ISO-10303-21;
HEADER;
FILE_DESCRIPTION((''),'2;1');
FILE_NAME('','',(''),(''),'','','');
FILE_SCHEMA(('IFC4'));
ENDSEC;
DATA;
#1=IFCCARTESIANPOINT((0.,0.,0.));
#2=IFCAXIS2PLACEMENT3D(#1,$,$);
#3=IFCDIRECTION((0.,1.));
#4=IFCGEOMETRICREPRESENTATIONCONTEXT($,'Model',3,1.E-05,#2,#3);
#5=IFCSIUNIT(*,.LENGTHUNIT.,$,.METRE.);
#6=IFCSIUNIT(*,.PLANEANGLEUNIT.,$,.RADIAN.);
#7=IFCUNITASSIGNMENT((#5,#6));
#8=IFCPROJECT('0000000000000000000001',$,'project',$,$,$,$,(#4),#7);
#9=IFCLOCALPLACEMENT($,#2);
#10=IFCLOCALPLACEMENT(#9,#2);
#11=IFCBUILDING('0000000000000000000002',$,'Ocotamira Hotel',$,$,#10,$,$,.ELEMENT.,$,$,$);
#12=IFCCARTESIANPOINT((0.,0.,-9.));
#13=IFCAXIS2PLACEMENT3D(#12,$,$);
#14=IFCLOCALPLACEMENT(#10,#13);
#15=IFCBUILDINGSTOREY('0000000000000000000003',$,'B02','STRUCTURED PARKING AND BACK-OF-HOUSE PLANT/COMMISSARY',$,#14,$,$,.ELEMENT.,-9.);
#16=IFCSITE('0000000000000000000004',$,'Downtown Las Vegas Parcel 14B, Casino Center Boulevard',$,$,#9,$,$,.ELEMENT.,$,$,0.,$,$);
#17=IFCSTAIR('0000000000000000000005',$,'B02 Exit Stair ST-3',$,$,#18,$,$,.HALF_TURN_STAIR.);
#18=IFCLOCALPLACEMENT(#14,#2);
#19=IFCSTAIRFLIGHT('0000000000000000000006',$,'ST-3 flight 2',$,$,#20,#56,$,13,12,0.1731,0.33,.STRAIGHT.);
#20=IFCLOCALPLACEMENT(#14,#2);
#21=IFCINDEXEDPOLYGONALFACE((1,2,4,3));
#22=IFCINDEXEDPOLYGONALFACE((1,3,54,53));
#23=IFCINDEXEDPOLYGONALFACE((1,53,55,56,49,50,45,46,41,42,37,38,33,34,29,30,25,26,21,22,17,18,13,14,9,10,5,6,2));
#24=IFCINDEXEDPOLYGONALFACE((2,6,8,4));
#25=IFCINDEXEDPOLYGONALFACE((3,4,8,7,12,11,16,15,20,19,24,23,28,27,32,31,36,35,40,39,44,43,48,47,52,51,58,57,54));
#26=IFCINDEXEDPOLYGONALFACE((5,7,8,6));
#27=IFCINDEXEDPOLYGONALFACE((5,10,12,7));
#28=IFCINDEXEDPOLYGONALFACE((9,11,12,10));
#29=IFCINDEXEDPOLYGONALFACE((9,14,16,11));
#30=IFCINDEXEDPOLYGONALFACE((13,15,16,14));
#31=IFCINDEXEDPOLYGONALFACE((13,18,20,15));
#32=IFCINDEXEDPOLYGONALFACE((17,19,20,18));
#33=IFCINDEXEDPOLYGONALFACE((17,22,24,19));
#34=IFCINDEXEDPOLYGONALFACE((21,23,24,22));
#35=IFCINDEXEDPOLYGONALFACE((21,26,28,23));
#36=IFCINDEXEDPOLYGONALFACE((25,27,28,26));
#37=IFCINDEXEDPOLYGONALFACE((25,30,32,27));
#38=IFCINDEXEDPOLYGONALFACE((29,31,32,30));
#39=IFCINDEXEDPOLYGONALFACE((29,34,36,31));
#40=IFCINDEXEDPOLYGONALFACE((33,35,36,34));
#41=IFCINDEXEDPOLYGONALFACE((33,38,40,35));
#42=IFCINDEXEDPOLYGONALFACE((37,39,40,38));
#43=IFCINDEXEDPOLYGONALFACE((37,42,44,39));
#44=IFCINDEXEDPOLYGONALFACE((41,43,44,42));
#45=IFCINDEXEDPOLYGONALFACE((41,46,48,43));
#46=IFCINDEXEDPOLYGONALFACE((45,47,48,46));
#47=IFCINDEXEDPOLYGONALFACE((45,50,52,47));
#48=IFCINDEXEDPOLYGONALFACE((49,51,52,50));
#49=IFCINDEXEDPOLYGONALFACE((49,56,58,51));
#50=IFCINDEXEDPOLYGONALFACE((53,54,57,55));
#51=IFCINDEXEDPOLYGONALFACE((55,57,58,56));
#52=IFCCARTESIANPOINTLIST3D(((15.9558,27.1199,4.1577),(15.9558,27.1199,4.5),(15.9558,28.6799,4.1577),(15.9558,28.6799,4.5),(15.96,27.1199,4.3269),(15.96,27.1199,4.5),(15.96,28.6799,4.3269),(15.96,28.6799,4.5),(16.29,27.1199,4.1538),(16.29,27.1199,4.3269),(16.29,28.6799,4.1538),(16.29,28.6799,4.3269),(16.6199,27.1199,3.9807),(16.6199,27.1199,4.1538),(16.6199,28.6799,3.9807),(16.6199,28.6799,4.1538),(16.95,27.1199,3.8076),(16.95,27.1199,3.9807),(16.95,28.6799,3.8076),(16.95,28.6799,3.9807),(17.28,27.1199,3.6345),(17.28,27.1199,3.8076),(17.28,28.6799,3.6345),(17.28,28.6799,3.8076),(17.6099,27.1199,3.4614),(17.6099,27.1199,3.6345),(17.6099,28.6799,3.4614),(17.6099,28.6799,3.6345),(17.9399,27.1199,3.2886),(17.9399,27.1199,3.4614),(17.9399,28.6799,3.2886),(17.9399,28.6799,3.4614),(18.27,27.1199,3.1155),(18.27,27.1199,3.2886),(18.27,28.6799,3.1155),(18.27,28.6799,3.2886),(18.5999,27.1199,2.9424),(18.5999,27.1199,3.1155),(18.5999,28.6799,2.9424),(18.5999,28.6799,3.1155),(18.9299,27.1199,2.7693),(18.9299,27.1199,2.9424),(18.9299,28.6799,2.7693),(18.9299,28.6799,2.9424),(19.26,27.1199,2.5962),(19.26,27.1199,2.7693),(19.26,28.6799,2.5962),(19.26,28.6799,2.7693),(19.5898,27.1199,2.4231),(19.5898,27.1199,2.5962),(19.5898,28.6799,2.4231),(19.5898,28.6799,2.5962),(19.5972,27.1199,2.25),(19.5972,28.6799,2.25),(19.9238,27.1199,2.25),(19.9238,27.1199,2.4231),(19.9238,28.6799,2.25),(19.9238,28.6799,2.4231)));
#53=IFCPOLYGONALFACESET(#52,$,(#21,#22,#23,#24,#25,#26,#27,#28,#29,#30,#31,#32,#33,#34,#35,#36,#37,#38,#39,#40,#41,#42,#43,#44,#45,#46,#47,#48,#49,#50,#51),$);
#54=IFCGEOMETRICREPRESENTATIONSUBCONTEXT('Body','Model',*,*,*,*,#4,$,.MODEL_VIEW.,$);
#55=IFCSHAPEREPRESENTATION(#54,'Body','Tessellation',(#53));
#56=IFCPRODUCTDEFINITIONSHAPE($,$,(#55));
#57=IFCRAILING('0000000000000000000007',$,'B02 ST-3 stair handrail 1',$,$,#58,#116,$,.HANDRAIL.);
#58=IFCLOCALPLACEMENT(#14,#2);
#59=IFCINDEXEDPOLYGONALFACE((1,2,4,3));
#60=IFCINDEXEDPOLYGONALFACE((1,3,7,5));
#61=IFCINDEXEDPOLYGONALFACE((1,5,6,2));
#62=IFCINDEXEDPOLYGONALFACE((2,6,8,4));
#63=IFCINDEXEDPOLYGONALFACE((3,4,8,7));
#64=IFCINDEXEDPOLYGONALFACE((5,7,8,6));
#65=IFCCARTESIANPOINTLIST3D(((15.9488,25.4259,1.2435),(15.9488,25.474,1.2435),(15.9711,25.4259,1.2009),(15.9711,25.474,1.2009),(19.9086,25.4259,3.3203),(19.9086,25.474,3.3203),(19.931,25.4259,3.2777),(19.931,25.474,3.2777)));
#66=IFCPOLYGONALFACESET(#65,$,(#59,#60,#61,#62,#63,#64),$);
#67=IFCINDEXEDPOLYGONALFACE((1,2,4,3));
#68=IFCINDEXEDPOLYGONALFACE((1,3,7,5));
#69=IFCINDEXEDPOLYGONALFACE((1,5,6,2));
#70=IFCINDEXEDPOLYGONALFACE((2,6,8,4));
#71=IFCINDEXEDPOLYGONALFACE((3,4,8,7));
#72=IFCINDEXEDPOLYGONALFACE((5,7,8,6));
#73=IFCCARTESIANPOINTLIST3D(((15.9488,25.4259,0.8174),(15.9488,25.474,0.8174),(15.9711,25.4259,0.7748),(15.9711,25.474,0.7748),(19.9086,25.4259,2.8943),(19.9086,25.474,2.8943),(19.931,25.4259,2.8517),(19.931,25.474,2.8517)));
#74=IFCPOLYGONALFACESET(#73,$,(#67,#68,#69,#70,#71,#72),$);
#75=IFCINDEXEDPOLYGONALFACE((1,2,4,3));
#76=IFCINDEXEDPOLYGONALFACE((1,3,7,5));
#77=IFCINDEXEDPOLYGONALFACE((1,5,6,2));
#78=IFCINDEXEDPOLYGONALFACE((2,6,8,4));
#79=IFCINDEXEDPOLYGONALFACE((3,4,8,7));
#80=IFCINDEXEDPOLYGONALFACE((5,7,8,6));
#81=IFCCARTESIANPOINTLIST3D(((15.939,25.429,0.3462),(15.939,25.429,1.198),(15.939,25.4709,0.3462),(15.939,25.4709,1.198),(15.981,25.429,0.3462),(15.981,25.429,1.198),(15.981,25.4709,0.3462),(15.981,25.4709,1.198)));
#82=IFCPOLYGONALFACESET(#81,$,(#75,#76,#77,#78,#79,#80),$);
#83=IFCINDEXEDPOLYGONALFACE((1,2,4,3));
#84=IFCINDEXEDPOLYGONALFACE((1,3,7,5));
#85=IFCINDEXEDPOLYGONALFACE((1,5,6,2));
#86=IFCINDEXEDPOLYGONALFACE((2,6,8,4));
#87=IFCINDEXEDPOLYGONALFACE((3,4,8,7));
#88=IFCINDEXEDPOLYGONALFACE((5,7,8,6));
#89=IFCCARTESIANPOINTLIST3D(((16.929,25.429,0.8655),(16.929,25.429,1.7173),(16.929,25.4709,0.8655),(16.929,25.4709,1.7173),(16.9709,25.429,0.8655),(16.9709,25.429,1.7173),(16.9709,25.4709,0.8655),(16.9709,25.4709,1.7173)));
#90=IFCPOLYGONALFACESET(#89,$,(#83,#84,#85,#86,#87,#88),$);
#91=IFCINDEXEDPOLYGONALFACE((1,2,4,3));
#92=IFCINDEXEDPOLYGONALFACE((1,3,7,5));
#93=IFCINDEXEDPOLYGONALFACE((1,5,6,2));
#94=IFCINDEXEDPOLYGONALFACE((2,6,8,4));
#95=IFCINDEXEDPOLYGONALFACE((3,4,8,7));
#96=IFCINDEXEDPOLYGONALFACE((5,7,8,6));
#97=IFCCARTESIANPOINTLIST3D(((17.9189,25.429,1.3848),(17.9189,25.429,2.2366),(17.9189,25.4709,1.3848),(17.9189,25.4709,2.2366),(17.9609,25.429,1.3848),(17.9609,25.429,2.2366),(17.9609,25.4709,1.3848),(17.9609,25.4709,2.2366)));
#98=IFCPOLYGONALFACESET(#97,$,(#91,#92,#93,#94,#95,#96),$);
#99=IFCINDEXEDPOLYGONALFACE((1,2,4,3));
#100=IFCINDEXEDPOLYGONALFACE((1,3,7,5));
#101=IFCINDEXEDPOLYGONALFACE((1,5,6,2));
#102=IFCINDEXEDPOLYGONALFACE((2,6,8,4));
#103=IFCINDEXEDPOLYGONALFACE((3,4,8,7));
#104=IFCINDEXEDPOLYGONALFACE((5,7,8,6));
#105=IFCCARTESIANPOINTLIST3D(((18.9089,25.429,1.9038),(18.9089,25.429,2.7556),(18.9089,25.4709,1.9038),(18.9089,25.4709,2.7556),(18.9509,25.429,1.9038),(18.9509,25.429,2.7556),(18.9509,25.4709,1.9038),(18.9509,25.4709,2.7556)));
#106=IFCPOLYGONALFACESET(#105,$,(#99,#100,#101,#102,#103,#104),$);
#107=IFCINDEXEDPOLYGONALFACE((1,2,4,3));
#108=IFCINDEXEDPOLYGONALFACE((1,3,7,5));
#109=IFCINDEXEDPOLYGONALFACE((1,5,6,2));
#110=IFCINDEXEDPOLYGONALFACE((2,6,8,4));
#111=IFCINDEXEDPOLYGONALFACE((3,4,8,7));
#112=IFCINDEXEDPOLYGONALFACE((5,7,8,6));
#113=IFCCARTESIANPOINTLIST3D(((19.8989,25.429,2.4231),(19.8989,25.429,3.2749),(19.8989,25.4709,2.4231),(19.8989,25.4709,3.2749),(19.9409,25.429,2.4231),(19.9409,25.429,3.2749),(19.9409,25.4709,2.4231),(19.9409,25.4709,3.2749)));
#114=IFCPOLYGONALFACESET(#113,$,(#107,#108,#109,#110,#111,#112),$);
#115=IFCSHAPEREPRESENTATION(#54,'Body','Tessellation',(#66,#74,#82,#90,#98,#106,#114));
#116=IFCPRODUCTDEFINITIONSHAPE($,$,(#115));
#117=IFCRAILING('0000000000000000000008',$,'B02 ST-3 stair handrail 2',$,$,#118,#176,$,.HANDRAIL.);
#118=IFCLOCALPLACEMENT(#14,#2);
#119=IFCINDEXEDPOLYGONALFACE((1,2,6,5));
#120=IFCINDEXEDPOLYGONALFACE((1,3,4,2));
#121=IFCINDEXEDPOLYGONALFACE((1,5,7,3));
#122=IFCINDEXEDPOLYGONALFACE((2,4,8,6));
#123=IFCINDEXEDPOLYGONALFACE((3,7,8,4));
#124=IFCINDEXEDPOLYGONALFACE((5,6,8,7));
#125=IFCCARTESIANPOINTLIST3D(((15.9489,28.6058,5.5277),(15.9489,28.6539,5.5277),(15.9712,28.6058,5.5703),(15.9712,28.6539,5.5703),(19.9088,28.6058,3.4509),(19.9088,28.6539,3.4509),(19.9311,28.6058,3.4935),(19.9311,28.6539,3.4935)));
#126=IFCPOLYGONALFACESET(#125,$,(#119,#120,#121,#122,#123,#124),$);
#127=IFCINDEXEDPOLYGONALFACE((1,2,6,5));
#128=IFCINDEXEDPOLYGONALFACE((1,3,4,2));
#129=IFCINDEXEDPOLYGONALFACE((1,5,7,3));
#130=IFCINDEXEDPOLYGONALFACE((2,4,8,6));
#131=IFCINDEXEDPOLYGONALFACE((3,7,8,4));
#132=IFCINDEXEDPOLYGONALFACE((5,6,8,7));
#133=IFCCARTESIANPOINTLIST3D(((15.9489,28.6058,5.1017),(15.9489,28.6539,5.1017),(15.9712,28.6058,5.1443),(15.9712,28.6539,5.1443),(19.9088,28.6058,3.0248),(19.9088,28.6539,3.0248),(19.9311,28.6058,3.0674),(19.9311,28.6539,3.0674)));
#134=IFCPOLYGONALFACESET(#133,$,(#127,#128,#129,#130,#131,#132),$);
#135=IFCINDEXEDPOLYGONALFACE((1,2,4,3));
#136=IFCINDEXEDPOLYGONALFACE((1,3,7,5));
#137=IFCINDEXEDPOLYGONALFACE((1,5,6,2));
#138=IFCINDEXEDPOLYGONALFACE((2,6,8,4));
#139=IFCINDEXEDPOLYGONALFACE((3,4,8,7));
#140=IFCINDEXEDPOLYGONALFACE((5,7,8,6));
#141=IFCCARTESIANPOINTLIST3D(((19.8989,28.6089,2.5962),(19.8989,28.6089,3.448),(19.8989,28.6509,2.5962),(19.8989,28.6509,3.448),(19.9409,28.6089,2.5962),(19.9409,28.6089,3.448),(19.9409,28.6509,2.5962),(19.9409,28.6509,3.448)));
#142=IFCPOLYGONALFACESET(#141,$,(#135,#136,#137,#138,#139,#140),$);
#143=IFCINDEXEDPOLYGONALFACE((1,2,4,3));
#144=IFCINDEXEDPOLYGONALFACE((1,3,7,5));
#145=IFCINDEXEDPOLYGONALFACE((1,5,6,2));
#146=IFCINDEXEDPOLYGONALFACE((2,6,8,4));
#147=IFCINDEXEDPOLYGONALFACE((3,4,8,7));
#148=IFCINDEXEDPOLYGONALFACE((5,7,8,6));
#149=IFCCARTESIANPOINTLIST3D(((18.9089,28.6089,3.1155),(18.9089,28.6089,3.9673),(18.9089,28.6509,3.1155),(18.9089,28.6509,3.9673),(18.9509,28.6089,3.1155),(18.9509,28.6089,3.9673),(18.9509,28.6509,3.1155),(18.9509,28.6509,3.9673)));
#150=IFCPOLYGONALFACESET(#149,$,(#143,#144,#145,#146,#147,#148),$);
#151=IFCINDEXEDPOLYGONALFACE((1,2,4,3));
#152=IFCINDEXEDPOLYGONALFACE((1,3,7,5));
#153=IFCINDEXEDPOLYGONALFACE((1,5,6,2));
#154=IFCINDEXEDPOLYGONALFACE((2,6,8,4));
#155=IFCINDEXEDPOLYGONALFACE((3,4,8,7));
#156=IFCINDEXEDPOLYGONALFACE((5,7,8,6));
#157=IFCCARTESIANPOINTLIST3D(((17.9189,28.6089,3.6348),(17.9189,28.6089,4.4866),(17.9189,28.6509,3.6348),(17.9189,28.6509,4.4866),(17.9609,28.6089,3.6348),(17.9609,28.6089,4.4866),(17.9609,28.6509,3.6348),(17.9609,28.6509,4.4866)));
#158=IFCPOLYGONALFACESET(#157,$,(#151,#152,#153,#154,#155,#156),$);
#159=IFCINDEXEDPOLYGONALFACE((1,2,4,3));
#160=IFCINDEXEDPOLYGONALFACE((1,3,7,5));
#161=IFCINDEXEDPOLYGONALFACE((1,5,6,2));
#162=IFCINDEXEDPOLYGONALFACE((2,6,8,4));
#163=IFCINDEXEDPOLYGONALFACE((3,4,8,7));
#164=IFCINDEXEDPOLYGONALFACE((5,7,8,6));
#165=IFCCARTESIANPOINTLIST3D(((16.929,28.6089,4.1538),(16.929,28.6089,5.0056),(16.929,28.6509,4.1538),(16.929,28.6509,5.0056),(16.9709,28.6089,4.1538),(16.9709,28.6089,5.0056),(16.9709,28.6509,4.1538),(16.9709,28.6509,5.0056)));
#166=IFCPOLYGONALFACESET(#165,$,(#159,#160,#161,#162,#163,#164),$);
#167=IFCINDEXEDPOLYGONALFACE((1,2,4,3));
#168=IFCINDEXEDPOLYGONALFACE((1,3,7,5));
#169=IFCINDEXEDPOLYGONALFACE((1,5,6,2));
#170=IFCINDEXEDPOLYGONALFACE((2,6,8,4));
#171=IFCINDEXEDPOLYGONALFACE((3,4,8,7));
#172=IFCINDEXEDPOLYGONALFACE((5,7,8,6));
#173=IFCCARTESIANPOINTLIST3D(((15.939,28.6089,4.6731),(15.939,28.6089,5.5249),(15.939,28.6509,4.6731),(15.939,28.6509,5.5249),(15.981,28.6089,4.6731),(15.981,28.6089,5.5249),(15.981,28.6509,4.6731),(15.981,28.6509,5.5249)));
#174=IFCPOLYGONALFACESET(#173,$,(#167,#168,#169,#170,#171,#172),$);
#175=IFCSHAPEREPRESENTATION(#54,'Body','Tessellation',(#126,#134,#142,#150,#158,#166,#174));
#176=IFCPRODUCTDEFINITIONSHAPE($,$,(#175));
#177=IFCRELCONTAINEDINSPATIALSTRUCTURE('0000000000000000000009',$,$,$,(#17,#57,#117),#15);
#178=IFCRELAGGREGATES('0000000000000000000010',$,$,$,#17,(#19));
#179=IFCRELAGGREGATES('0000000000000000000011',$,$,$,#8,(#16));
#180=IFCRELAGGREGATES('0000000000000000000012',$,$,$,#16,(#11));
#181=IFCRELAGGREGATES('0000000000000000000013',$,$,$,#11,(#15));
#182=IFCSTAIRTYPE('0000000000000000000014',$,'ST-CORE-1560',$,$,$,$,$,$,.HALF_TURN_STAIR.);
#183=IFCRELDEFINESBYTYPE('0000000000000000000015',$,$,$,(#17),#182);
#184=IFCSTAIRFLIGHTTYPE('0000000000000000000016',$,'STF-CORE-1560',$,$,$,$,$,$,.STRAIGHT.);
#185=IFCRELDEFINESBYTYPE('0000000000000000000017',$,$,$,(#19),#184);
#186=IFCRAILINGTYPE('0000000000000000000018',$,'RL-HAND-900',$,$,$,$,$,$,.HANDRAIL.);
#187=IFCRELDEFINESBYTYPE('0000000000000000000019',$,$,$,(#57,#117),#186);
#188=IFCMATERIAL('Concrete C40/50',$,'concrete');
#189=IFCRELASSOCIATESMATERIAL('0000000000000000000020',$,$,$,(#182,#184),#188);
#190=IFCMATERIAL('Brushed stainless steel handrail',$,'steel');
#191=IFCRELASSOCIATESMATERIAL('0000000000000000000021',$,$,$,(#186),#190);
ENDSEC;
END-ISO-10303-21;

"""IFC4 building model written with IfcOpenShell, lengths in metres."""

from ifc_helpers import new_model, si_unit, direction, frame, origin, origin_2d, place, context, subcontext, project, spatial, polyline, rectangle, outline, extrude, source, transform, mapped, material, type_object, element, aggregate, save


model = new_model("IFC4")

# Units and contexts
model_context = context("Model", 3, precision=1e-05, world=origin(), true_north=direction((0.0, 1.0)))
body_context = subcontext(model_context, "Body", "Model", "MODEL_VIEW")
ifc_project = project(units=[si_unit("LENGTHUNIT", "METRE"), si_unit("PLANEANGLEUNIT", "RADIAN")], contexts=[model_context])

# Site, building, storey
site_placement = place(None, origin())
site = spatial("IfcSite", under=ifc_project, at=site_placement, Name="Downtown Las Vegas Parcel 14B, Casino Center Boulevard", CompositionType="ELEMENT", RefElevation=0.0)
building_placement = place(site_placement, origin())
building = spatial("IfcBuilding", under=site, at=building_placement, Name="Ocotamira Hotel", CompositionType="ELEMENT")
storey_placement = place(building_placement, frame((0.0, 0.0, -9.0)))
storey = spatial("IfcBuildingStorey", under=building, at=storey_placement, Name="B02", Description="STRUCTURED PARKING AND BACK-OF-HOUSE PLANT/COMMISSARY", CompositionType="ELEMENT", Elevation=-9.0)

# Stair, stair flight
ifc_material_1 = material(Name="Concrete C40/50", Category="concrete")
stair_type = type_object("IfcStairType", Name="ST-CORE-1560", PredefinedType="HALF_TURN_STAIR", material=ifc_material_1)
stair_placement = place(storey_placement, origin())
stair = element("IfcStair", 1, at=stair_placement, inside=storey, type_object=stair_type, Name="B02 Exit Stair ST-3", PredefinedType="HALF_TURN_STAIR")
stair_flight_type = type_object("IfcStairFlightType", Name="STF-CORE-1560", PredefinedType="STRAIGHT", material=ifc_material_1)
shared_shape_1 = source(origin(), body_context, "Body", "SweptSolid", [
    extrude(outline(polyline([(-0.0039, 0.0), (-0.0039, 0.1731), (0.3301, 0.1731), (0.3301, 0.3462), (0.6599, 0.3462), (0.6599, 0.5193), (0.99, 0.5193), (0.99, 0.6924), (1.3201, 0.6924), (1.3201, 0.8655), (1.6499, 0.8655), (1.6499, 1.0386), (1.98, 1.0386), (1.98, 1.2114), (2.3101, 1.2114), (2.3101, 1.3845), (2.6399, 1.3845), (2.6399, 1.5576), (2.97, 1.5576), (2.97, 1.7307), (3.3, 1.7307), (3.3, 1.9038), (3.6299, 1.9038), (3.6299, 2.0769), (3.96, 2.0769), (3.96, 2.25), (3.9641, 2.25), (3.9641, 1.9077), (0.3228, 0.0), (-0.0039, 0.0)])), frame((0.0, 0.78, 0.0), z_axis=(0.0, -1.0, 0.0), x_axis=(1.0, 0.0, 0.0)), (0.0, 0.0, 1.0), 1.5601),
])
stair_flight_1_placement = place(storey_placement, frame((19.9199, 27.8999, 2.25), z_axis=(0.0, 0.0, 1.0), x_axis=(-1.0, 0.0, 0.0)))
stair_flight_1 = element("IfcStairFlight", 2, at=stair_flight_1_placement, type_object=stair_flight_type, Name="ST-3 flight 2", NumberOfRisers=13, NumberOfTreads=12, PredefinedType="STRAIGHT", RiserHeight=0.1731, TreadLength=0.33, context=body_context, shape_type="MappedRepresentation", body=[
    mapped(shared_shape_1, transform((0.0, 0.0, 0.0), scale=1.0)),
])
aggregate(stair, [stair_flight_1])

# Railings
ifc_material_2 = material(Name="Brushed stainless steel handrail", Category="steel")
railing_type_1 = type_object("IfcRailingType", Name="RL-HAND-900", PredefinedType="HANDRAIL", material=ifc_material_2)
railing_1_placement = place(storey_placement, frame((15.96, 25.45, 0.3462)))
element("IfcRailing", 3, at=railing_1_placement, inside=storey, type_object=railing_type_1, Name="B02 ST-3 stair handrail 1", PredefinedType="HANDRAIL", context=body_context, shape_type="SweptSolid", body=[
    extrude(rectangle(XDim=0.0481, YDim=0.0481, at=origin_2d()), frame((0.0, 0.0, 0.876), z_axis=(0.885589, 0.0, 0.46447), x_axis=(0.0, 1.0, 0.0)), (0.0, 0.0, 1.0), 4.4714),
    extrude(rectangle(XDim=0.0481, YDim=0.0481, at=origin_2d()), frame((0.0, 0.0, 0.45), z_axis=(0.885589, 0.0, 0.46447), x_axis=(0.0, 1.0, 0.0)), (0.0, 0.0, 1.0), 4.4714),
    extrude(rectangle(XDim=0.042, YDim=0.042, at=origin_2d()), origin(), (0.0, 0.0, 1.0), 0.8518),
    extrude(rectangle(XDim=0.042, YDim=0.042, at=origin_2d()), frame((0.99, 0.0, 0.5193)), (0.0, 0.0, 1.0), 0.8518),
    extrude(rectangle(XDim=0.042, YDim=0.042, at=origin_2d()), frame((1.98, 0.0, 1.0386)), (0.0, 0.0, 1.0), 0.8518),
    extrude(rectangle(XDim=0.042, YDim=0.042, at=origin_2d()), frame((2.97, 0.0, 1.5576)), (0.0, 0.0, 1.0), 0.8518),
    extrude(rectangle(XDim=0.042, YDim=0.042, at=origin_2d()), frame((3.96, 0.0, 2.0769)), (0.0, 0.0, 1.0), 0.8518),
])
railing_2_placement = place(storey_placement, frame((19.9199, 28.6299, 2.5962)))
element("IfcRailing", 4, at=railing_2_placement, inside=storey, type_object=railing_type_1, Name="B02 ST-3 stair handrail 2", PredefinedType="HANDRAIL", context=body_context, shape_type="SweptSolid", body=[
    extrude(rectangle(XDim=0.0481, YDim=0.0481, at=origin_2d()), frame((0.0, 0.0, 0.876), z_axis=(-0.885589, 0.0, 0.46447), x_axis=(0.0, -1.0, 0.0)), (0.0, 0.0, 1.0), 4.4714),
    extrude(rectangle(XDim=0.0481, YDim=0.0481, at=origin_2d()), frame((0.0, 0.0, 0.45), z_axis=(-0.885589, 0.0, 0.46447), x_axis=(0.0, -1.0, 0.0)), (0.0, 0.0, 1.0), 4.4714),
    extrude(rectangle(XDim=0.042, YDim=0.042, at=origin_2d()), origin(), (0.0, 0.0, 1.0), 0.8518),
    extrude(rectangle(XDim=0.042, YDim=0.042, at=origin_2d()), frame((-0.99, 0.0, 0.5193)), (0.0, 0.0, 1.0), 0.8518),
    extrude(rectangle(XDim=0.042, YDim=0.042, at=origin_2d()), frame((-1.98, 0.0, 1.0386)), (0.0, 0.0, 1.0), 0.8518),
    extrude(rectangle(XDim=0.042, YDim=0.042, at=origin_2d()), frame((-2.97, 0.0, 1.5576)), (0.0, 0.0, 1.0), 0.8518),
    extrude(rectangle(XDim=0.042, YDim=0.042, at=origin_2d()), frame((-3.96, 0.0, 2.0769)), (0.0, 0.0, 1.0), 0.8518),
])

save(model, "model.ifc")
